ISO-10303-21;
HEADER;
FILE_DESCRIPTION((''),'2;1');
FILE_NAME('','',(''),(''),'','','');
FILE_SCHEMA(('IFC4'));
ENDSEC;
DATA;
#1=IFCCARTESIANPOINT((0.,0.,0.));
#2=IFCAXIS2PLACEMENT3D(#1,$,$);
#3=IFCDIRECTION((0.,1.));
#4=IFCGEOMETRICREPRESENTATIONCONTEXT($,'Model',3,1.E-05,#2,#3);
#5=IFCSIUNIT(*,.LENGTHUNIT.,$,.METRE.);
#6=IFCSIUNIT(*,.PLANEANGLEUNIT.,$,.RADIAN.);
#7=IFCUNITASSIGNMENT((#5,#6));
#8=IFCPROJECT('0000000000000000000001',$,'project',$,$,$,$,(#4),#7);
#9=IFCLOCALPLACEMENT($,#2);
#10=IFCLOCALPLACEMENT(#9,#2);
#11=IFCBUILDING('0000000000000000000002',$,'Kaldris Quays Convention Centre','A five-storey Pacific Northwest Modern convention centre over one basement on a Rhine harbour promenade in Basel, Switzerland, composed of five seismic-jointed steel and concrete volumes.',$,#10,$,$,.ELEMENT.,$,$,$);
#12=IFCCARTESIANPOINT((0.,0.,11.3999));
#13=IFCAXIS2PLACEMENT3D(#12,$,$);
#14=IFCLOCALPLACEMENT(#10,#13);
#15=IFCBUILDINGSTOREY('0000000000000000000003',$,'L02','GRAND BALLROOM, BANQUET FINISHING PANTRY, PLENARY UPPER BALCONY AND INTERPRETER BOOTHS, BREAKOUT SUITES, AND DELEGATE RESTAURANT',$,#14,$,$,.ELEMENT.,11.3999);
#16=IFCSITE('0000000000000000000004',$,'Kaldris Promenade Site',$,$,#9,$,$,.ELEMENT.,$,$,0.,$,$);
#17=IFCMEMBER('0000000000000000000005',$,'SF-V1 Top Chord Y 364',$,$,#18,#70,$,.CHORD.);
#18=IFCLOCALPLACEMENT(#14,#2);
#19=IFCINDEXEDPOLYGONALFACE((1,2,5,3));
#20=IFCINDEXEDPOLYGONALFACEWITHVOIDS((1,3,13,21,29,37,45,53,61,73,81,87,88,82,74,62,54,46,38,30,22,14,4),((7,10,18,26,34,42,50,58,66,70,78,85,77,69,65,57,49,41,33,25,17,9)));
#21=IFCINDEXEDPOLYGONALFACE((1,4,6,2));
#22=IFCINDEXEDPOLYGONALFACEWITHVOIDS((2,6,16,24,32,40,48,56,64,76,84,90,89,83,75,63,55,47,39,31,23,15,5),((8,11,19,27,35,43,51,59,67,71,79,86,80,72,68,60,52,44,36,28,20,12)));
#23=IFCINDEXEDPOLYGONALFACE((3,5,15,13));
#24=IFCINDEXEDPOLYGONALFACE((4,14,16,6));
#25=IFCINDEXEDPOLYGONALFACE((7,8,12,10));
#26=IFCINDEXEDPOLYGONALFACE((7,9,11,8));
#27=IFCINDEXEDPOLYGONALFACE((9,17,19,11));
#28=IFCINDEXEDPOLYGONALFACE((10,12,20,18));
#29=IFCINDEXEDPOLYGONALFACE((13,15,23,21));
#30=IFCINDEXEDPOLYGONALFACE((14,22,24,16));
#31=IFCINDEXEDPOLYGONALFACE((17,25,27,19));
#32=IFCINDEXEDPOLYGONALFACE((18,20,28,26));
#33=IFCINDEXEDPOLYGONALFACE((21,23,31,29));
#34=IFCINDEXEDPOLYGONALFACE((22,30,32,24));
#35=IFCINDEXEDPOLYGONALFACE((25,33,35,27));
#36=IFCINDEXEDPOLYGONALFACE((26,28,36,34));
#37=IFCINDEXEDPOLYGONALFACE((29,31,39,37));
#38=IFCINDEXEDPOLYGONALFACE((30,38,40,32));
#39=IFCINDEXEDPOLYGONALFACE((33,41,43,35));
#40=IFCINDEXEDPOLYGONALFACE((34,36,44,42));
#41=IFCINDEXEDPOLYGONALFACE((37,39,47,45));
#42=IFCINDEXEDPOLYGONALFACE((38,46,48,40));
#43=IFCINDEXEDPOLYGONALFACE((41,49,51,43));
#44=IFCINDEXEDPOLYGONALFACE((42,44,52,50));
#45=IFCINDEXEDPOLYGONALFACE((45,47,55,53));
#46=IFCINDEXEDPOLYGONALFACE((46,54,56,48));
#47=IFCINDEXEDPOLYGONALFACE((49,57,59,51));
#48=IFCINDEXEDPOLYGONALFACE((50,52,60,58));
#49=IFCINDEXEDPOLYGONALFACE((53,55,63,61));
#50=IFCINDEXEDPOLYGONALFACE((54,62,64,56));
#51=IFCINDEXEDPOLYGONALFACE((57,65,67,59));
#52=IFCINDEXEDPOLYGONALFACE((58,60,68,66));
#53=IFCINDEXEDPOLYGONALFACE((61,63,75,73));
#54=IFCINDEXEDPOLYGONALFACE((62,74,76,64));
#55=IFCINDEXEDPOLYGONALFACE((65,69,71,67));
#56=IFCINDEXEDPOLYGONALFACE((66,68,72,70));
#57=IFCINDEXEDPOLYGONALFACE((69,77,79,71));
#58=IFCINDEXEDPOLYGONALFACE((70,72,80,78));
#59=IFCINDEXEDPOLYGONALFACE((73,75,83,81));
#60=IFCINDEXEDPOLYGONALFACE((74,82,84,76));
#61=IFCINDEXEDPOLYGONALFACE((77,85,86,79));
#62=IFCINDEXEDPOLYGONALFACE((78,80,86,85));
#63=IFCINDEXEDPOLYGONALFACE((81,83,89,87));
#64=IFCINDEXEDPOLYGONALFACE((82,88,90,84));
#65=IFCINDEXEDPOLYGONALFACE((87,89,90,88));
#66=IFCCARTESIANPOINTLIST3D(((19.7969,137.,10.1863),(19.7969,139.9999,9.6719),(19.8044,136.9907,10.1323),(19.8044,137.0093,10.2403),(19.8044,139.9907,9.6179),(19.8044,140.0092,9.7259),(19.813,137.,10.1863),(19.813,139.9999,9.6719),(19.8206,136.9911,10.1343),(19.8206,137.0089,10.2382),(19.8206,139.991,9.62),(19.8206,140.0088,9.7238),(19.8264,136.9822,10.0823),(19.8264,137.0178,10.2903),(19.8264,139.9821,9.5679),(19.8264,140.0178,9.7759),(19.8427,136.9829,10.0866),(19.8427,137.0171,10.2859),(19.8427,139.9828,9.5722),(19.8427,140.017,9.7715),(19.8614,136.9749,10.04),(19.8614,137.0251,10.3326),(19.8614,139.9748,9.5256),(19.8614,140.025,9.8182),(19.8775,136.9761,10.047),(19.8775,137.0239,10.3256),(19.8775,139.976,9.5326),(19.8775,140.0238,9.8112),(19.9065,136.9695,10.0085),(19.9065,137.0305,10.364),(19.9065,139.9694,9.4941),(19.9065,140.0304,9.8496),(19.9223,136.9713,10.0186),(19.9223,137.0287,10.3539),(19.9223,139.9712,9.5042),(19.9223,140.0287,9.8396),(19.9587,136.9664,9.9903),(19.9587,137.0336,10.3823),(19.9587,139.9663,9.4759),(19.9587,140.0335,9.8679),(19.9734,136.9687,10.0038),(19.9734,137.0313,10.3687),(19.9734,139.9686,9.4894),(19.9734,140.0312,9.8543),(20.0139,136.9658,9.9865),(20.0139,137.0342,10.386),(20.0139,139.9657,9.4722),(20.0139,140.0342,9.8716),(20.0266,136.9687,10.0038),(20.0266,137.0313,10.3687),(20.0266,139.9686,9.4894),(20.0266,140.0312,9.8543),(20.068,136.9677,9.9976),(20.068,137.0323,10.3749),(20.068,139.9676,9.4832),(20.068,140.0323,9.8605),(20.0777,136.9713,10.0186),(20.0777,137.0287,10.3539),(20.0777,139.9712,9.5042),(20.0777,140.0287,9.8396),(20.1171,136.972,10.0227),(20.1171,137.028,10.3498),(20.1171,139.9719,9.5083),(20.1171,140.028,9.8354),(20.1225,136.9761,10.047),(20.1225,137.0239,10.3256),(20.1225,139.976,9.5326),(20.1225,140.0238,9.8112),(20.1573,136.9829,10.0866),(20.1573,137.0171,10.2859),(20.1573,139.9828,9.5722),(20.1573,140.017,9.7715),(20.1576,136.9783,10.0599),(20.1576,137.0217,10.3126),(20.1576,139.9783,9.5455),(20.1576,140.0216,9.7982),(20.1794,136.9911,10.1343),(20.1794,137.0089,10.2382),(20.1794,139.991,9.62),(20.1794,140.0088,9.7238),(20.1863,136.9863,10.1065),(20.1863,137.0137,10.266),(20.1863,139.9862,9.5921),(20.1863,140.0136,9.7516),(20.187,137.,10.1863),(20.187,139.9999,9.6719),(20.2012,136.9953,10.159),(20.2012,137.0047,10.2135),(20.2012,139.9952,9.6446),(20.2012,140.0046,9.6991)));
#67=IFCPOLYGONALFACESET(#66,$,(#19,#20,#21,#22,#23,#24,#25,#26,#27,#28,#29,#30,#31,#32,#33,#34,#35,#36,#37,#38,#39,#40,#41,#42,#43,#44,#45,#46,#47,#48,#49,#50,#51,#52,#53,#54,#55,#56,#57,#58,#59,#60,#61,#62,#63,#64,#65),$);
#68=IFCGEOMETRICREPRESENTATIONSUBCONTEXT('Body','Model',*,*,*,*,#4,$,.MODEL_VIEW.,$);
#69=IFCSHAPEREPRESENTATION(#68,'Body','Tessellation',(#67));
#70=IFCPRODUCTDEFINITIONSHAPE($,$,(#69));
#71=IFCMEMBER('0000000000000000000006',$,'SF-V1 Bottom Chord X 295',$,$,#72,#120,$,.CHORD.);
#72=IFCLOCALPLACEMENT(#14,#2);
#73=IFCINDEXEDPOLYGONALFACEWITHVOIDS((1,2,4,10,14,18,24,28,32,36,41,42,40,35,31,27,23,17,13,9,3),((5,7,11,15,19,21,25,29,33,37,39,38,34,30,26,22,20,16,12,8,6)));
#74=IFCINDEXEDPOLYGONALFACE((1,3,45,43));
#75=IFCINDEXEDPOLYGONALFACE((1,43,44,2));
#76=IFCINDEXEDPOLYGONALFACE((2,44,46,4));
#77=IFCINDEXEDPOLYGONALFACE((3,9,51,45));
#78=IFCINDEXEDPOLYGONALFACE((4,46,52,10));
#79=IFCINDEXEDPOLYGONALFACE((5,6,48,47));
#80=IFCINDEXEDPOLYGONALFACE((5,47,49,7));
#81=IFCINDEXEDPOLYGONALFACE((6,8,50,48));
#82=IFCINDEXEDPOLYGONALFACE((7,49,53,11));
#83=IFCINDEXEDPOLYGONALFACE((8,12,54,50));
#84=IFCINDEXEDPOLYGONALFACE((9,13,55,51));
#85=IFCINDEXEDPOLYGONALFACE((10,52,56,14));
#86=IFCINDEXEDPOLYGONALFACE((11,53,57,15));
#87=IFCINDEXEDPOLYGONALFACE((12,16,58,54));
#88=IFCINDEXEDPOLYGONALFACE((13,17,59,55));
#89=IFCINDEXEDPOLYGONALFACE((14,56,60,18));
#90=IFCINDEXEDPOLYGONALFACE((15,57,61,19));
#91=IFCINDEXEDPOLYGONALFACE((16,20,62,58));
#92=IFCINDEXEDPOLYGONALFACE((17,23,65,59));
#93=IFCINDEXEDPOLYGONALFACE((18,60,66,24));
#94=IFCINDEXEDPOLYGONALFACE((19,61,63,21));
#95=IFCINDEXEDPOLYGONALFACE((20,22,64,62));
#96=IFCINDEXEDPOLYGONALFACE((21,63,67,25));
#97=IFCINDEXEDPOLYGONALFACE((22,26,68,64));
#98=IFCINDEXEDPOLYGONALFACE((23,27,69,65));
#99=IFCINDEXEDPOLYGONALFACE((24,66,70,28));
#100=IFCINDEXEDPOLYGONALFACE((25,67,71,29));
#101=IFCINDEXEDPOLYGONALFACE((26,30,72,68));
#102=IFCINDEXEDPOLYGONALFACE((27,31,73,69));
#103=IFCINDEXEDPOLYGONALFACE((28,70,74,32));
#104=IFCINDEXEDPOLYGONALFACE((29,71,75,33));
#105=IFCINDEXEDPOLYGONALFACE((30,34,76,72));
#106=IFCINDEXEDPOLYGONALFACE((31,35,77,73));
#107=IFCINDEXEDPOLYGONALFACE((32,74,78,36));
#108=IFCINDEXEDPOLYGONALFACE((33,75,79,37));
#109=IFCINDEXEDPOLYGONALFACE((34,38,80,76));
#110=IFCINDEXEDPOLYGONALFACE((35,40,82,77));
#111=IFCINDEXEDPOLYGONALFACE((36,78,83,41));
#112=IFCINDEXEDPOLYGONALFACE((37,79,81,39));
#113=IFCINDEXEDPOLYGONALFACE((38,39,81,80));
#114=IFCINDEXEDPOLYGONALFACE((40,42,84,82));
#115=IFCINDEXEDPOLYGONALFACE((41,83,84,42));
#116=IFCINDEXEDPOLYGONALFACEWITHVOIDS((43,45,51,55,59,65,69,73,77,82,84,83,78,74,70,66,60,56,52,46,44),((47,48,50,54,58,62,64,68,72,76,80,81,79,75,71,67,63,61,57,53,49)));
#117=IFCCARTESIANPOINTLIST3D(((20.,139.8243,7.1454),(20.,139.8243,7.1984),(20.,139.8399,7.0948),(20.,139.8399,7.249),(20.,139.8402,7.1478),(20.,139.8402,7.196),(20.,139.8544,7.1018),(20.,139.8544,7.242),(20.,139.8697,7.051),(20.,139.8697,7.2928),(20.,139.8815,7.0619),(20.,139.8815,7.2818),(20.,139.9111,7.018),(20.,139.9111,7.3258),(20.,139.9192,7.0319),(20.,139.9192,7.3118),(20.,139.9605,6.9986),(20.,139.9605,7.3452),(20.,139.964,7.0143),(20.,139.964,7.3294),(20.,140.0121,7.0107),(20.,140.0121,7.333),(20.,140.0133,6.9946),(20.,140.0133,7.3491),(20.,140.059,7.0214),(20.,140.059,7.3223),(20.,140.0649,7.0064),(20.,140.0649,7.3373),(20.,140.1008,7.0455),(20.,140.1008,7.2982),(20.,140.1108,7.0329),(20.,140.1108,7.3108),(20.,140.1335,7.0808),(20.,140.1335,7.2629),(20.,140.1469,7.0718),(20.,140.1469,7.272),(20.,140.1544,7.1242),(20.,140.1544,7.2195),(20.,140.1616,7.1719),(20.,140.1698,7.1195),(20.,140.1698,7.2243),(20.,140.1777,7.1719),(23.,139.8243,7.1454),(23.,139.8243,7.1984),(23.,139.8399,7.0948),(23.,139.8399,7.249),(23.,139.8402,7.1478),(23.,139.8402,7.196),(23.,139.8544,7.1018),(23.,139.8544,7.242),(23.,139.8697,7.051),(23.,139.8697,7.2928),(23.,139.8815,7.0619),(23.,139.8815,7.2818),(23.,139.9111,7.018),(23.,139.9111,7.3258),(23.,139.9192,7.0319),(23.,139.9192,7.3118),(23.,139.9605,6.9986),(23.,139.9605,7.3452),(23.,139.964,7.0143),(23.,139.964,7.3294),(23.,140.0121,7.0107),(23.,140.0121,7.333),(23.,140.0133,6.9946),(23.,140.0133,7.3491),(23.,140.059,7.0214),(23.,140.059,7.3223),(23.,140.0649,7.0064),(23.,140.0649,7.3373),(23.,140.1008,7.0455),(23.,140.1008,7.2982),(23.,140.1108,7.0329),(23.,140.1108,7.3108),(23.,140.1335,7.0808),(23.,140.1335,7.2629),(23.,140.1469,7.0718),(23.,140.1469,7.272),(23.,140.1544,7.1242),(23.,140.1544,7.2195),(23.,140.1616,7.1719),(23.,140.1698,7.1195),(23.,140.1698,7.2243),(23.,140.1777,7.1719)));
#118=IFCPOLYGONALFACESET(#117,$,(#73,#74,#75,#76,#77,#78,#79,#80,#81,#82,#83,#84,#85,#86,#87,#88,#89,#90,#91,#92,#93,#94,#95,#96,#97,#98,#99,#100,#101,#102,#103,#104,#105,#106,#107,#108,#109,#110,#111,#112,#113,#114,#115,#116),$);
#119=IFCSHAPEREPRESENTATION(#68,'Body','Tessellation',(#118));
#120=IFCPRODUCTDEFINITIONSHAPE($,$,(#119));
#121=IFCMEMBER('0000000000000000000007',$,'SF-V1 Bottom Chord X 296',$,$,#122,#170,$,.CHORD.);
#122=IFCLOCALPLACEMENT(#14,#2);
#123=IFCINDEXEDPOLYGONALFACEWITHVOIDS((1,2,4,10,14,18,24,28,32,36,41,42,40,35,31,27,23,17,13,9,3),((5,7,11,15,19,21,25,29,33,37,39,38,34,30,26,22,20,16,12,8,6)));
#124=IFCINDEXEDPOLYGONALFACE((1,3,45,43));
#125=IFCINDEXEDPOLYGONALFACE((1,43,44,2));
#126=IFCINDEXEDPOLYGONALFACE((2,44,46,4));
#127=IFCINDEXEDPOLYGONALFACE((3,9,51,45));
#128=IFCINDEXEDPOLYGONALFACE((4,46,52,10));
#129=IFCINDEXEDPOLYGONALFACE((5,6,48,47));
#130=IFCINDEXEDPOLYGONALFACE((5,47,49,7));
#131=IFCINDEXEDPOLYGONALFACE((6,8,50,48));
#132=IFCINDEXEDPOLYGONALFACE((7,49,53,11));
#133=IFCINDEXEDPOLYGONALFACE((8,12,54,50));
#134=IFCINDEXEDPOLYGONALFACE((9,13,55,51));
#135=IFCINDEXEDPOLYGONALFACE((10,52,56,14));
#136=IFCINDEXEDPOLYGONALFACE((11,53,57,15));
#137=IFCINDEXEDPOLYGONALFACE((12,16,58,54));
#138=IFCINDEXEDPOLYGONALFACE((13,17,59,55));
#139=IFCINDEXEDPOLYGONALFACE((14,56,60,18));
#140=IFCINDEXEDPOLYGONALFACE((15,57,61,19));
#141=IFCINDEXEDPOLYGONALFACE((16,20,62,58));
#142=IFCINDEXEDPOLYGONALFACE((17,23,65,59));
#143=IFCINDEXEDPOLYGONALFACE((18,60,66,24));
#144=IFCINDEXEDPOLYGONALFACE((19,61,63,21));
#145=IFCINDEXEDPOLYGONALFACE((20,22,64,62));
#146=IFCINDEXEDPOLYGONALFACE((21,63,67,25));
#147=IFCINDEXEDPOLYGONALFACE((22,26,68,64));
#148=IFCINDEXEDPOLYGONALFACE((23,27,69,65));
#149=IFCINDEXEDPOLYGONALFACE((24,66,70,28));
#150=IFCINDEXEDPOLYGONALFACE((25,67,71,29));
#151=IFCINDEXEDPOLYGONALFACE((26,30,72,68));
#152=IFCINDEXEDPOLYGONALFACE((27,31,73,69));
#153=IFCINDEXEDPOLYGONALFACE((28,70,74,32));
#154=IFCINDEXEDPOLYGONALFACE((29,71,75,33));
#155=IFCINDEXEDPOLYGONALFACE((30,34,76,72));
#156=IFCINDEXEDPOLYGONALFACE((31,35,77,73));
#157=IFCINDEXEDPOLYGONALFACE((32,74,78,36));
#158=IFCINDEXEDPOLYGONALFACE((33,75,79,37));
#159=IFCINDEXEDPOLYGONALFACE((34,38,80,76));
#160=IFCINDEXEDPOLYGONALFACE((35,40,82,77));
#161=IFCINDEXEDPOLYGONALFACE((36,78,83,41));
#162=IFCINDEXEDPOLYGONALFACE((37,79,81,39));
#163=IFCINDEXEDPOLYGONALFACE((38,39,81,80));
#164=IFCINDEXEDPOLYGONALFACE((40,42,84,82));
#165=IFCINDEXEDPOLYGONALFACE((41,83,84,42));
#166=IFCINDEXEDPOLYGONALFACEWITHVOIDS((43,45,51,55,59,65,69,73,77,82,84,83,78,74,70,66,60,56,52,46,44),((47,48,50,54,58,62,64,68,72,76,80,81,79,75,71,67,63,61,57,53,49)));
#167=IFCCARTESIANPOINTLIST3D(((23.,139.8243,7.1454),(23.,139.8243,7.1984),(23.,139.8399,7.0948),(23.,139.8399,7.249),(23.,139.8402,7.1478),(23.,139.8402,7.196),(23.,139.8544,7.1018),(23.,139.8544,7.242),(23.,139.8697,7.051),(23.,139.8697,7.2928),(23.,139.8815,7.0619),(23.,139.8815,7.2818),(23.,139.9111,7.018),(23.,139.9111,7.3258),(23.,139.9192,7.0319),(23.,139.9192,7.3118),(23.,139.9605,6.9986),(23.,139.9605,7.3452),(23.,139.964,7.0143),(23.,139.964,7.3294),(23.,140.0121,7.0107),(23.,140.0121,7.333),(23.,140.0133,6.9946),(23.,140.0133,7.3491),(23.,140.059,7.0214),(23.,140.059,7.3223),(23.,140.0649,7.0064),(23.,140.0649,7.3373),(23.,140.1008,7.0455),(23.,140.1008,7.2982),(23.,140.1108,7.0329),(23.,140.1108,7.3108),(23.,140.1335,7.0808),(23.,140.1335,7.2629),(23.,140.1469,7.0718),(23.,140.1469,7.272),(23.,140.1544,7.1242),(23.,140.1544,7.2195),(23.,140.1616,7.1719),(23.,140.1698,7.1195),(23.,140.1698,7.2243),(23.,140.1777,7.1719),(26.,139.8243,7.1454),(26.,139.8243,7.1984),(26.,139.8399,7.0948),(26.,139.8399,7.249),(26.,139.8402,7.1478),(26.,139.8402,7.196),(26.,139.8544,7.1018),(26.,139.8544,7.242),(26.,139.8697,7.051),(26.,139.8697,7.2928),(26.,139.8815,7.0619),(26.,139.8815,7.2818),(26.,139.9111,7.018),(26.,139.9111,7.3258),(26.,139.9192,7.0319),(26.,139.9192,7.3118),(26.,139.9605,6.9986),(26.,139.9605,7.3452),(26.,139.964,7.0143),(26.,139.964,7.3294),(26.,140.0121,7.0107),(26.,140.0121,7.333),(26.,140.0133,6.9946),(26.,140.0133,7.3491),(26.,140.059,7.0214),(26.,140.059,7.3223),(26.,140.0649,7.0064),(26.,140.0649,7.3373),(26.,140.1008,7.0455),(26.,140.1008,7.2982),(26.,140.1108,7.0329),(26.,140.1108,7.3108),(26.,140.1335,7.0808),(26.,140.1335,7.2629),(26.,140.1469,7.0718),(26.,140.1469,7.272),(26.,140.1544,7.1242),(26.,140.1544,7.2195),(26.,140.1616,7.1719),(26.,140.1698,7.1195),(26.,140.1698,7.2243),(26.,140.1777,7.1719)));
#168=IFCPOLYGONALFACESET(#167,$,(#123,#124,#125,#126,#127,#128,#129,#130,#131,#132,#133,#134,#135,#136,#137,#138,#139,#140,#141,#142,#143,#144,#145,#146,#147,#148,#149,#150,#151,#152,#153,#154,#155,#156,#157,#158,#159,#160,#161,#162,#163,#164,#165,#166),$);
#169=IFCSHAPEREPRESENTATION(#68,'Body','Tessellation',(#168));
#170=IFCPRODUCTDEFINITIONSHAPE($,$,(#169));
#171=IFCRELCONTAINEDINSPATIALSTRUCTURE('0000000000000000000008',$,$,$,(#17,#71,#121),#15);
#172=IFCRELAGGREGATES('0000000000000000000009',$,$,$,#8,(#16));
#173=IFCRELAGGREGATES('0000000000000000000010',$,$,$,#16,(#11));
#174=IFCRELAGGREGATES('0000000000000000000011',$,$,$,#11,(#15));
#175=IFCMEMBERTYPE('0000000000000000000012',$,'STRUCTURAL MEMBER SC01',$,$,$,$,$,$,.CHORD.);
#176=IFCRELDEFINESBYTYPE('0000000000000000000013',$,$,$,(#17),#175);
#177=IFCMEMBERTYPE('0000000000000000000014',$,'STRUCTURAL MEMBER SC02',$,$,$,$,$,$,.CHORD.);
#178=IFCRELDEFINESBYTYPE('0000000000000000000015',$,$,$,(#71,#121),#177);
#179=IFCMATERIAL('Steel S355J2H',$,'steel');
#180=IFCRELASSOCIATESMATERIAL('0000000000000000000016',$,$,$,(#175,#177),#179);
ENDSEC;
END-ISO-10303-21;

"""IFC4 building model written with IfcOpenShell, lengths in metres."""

from ifc_helpers import new_model, si_unit, direction, frame, origin, origin_2d, place, context, subcontext, project, spatial, hollow_circle, extrude, material, material_profile, profile_set, type_object, element, save


model = new_model("IFC4")

# Units and contexts
model_context = context("Model", 3, precision=1e-05, world=origin(), true_north=direction((0.0, 1.0)))
body_context = subcontext(model_context, "Body", "Model", "MODEL_VIEW")
ifc_project = project(units=[si_unit("LENGTHUNIT", "METRE"), si_unit("PLANEANGLEUNIT", "RADIAN")], contexts=[model_context])

# Site, building, storey
site_placement = place(None, origin())
site = spatial("IfcSite", under=ifc_project, at=site_placement, Name="Kaldris Promenade Site", CompositionType="ELEMENT", RefElevation=0.0)
building_placement = place(site_placement, origin())
building = spatial("IfcBuilding", under=site, at=building_placement, Name="Kaldris Quays Convention Centre", Description="A five-storey Pacific Northwest Modern convention centre over one basement on a Rhine harbour promenade in Basel, Switzerland, composed of five seismic-jointed steel and concrete volumes.", CompositionType="ELEMENT")
storey_placement = place(building_placement, frame((0.0, 0.0, 11.3999)))
storey = spatial("IfcBuildingStorey", under=building, at=storey_placement, Name="L02", Description="GRAND BALLROOM, BANQUET FINISHING PANTRY, PLENARY UPPER BALCONY AND INTERPRETER BOOTHS, BREAKOUT SUITES, AND DELEGATE RESTAURANT", CompositionType="ELEMENT", Elevation=11.3999)

# Members
ifc_material_1 = material(Name="Steel S355J2H", Category="steel")
ifc_material_profile_1 = material_profile(ifc_material_1, hollow_circle(Radius=0.2031, WallThickness=0.0161, at=origin_2d()), Name="CHS 406.4x16")
ifc_profile_set_1 = profile_set([ifc_material_profile_1], Name="Steel S355J2H")
member_type_1 = type_object("IfcMemberType", Name="STRUCTURAL MEMBER SC01", PredefinedType="CHORD", material=ifc_profile_set_1)
member_1_placement = place(storey_placement, frame((20.0, 137.0, 10.1863), z_axis=(0.0, 0.985616, -0.169002), x_axis=(-1.0, 0.0, 0.0)))
element("IfcMember", 1, at=member_1_placement, inside=storey, type_object=member_type_1, Name="SF-V1 Top Chord Y 364", PredefinedType="CHORD", context=body_context, shape_type="SweptSolid", body=[
    extrude(hollow_circle(Radius=0.2031, WallThickness=0.0161, at=origin_2d()), origin(), (0.0, 0.0, 1.0), 3.0437),
])
ifc_material_profile_2 = material_profile(ifc_material_1, hollow_circle(Radius=0.1777, WallThickness=0.0161, at=origin_2d()), Name="CHS 355.6x16")
ifc_profile_set_2 = profile_set([ifc_material_profile_2], Name="Steel S355J2H")
member_type_2 = type_object("IfcMemberType", Name="STRUCTURAL MEMBER SC02", PredefinedType="CHORD", material=ifc_profile_set_2)
for number, where, z_axis, x_axis, name in (
    (2, (20.0, 140.0, 7.1719), (1.0, 0.0, 0.0), (0.0, 1.0, 0.0), "SF-V1 Bottom Chord X 295"),
    (3, (23.0, 140.0, 7.1719), (1.0, 0.0, 0.0), (0.0, 1.0, 0.0), "SF-V1 Bottom Chord X 296"),
):
    element("IfcMember", number, at=place(storey_placement, frame(where, z_axis=z_axis, x_axis=x_axis)), inside=storey, type_object=member_type_2, Name=name, PredefinedType="CHORD", context=body_context, shape_type="SweptSolid", body=[
        extrude(hollow_circle(Radius=0.1777, WallThickness=0.0161, at=origin_2d()), origin(), (0.0, 0.0, 1.0), 3.0),
    ])

save(model, "model.ifc")
